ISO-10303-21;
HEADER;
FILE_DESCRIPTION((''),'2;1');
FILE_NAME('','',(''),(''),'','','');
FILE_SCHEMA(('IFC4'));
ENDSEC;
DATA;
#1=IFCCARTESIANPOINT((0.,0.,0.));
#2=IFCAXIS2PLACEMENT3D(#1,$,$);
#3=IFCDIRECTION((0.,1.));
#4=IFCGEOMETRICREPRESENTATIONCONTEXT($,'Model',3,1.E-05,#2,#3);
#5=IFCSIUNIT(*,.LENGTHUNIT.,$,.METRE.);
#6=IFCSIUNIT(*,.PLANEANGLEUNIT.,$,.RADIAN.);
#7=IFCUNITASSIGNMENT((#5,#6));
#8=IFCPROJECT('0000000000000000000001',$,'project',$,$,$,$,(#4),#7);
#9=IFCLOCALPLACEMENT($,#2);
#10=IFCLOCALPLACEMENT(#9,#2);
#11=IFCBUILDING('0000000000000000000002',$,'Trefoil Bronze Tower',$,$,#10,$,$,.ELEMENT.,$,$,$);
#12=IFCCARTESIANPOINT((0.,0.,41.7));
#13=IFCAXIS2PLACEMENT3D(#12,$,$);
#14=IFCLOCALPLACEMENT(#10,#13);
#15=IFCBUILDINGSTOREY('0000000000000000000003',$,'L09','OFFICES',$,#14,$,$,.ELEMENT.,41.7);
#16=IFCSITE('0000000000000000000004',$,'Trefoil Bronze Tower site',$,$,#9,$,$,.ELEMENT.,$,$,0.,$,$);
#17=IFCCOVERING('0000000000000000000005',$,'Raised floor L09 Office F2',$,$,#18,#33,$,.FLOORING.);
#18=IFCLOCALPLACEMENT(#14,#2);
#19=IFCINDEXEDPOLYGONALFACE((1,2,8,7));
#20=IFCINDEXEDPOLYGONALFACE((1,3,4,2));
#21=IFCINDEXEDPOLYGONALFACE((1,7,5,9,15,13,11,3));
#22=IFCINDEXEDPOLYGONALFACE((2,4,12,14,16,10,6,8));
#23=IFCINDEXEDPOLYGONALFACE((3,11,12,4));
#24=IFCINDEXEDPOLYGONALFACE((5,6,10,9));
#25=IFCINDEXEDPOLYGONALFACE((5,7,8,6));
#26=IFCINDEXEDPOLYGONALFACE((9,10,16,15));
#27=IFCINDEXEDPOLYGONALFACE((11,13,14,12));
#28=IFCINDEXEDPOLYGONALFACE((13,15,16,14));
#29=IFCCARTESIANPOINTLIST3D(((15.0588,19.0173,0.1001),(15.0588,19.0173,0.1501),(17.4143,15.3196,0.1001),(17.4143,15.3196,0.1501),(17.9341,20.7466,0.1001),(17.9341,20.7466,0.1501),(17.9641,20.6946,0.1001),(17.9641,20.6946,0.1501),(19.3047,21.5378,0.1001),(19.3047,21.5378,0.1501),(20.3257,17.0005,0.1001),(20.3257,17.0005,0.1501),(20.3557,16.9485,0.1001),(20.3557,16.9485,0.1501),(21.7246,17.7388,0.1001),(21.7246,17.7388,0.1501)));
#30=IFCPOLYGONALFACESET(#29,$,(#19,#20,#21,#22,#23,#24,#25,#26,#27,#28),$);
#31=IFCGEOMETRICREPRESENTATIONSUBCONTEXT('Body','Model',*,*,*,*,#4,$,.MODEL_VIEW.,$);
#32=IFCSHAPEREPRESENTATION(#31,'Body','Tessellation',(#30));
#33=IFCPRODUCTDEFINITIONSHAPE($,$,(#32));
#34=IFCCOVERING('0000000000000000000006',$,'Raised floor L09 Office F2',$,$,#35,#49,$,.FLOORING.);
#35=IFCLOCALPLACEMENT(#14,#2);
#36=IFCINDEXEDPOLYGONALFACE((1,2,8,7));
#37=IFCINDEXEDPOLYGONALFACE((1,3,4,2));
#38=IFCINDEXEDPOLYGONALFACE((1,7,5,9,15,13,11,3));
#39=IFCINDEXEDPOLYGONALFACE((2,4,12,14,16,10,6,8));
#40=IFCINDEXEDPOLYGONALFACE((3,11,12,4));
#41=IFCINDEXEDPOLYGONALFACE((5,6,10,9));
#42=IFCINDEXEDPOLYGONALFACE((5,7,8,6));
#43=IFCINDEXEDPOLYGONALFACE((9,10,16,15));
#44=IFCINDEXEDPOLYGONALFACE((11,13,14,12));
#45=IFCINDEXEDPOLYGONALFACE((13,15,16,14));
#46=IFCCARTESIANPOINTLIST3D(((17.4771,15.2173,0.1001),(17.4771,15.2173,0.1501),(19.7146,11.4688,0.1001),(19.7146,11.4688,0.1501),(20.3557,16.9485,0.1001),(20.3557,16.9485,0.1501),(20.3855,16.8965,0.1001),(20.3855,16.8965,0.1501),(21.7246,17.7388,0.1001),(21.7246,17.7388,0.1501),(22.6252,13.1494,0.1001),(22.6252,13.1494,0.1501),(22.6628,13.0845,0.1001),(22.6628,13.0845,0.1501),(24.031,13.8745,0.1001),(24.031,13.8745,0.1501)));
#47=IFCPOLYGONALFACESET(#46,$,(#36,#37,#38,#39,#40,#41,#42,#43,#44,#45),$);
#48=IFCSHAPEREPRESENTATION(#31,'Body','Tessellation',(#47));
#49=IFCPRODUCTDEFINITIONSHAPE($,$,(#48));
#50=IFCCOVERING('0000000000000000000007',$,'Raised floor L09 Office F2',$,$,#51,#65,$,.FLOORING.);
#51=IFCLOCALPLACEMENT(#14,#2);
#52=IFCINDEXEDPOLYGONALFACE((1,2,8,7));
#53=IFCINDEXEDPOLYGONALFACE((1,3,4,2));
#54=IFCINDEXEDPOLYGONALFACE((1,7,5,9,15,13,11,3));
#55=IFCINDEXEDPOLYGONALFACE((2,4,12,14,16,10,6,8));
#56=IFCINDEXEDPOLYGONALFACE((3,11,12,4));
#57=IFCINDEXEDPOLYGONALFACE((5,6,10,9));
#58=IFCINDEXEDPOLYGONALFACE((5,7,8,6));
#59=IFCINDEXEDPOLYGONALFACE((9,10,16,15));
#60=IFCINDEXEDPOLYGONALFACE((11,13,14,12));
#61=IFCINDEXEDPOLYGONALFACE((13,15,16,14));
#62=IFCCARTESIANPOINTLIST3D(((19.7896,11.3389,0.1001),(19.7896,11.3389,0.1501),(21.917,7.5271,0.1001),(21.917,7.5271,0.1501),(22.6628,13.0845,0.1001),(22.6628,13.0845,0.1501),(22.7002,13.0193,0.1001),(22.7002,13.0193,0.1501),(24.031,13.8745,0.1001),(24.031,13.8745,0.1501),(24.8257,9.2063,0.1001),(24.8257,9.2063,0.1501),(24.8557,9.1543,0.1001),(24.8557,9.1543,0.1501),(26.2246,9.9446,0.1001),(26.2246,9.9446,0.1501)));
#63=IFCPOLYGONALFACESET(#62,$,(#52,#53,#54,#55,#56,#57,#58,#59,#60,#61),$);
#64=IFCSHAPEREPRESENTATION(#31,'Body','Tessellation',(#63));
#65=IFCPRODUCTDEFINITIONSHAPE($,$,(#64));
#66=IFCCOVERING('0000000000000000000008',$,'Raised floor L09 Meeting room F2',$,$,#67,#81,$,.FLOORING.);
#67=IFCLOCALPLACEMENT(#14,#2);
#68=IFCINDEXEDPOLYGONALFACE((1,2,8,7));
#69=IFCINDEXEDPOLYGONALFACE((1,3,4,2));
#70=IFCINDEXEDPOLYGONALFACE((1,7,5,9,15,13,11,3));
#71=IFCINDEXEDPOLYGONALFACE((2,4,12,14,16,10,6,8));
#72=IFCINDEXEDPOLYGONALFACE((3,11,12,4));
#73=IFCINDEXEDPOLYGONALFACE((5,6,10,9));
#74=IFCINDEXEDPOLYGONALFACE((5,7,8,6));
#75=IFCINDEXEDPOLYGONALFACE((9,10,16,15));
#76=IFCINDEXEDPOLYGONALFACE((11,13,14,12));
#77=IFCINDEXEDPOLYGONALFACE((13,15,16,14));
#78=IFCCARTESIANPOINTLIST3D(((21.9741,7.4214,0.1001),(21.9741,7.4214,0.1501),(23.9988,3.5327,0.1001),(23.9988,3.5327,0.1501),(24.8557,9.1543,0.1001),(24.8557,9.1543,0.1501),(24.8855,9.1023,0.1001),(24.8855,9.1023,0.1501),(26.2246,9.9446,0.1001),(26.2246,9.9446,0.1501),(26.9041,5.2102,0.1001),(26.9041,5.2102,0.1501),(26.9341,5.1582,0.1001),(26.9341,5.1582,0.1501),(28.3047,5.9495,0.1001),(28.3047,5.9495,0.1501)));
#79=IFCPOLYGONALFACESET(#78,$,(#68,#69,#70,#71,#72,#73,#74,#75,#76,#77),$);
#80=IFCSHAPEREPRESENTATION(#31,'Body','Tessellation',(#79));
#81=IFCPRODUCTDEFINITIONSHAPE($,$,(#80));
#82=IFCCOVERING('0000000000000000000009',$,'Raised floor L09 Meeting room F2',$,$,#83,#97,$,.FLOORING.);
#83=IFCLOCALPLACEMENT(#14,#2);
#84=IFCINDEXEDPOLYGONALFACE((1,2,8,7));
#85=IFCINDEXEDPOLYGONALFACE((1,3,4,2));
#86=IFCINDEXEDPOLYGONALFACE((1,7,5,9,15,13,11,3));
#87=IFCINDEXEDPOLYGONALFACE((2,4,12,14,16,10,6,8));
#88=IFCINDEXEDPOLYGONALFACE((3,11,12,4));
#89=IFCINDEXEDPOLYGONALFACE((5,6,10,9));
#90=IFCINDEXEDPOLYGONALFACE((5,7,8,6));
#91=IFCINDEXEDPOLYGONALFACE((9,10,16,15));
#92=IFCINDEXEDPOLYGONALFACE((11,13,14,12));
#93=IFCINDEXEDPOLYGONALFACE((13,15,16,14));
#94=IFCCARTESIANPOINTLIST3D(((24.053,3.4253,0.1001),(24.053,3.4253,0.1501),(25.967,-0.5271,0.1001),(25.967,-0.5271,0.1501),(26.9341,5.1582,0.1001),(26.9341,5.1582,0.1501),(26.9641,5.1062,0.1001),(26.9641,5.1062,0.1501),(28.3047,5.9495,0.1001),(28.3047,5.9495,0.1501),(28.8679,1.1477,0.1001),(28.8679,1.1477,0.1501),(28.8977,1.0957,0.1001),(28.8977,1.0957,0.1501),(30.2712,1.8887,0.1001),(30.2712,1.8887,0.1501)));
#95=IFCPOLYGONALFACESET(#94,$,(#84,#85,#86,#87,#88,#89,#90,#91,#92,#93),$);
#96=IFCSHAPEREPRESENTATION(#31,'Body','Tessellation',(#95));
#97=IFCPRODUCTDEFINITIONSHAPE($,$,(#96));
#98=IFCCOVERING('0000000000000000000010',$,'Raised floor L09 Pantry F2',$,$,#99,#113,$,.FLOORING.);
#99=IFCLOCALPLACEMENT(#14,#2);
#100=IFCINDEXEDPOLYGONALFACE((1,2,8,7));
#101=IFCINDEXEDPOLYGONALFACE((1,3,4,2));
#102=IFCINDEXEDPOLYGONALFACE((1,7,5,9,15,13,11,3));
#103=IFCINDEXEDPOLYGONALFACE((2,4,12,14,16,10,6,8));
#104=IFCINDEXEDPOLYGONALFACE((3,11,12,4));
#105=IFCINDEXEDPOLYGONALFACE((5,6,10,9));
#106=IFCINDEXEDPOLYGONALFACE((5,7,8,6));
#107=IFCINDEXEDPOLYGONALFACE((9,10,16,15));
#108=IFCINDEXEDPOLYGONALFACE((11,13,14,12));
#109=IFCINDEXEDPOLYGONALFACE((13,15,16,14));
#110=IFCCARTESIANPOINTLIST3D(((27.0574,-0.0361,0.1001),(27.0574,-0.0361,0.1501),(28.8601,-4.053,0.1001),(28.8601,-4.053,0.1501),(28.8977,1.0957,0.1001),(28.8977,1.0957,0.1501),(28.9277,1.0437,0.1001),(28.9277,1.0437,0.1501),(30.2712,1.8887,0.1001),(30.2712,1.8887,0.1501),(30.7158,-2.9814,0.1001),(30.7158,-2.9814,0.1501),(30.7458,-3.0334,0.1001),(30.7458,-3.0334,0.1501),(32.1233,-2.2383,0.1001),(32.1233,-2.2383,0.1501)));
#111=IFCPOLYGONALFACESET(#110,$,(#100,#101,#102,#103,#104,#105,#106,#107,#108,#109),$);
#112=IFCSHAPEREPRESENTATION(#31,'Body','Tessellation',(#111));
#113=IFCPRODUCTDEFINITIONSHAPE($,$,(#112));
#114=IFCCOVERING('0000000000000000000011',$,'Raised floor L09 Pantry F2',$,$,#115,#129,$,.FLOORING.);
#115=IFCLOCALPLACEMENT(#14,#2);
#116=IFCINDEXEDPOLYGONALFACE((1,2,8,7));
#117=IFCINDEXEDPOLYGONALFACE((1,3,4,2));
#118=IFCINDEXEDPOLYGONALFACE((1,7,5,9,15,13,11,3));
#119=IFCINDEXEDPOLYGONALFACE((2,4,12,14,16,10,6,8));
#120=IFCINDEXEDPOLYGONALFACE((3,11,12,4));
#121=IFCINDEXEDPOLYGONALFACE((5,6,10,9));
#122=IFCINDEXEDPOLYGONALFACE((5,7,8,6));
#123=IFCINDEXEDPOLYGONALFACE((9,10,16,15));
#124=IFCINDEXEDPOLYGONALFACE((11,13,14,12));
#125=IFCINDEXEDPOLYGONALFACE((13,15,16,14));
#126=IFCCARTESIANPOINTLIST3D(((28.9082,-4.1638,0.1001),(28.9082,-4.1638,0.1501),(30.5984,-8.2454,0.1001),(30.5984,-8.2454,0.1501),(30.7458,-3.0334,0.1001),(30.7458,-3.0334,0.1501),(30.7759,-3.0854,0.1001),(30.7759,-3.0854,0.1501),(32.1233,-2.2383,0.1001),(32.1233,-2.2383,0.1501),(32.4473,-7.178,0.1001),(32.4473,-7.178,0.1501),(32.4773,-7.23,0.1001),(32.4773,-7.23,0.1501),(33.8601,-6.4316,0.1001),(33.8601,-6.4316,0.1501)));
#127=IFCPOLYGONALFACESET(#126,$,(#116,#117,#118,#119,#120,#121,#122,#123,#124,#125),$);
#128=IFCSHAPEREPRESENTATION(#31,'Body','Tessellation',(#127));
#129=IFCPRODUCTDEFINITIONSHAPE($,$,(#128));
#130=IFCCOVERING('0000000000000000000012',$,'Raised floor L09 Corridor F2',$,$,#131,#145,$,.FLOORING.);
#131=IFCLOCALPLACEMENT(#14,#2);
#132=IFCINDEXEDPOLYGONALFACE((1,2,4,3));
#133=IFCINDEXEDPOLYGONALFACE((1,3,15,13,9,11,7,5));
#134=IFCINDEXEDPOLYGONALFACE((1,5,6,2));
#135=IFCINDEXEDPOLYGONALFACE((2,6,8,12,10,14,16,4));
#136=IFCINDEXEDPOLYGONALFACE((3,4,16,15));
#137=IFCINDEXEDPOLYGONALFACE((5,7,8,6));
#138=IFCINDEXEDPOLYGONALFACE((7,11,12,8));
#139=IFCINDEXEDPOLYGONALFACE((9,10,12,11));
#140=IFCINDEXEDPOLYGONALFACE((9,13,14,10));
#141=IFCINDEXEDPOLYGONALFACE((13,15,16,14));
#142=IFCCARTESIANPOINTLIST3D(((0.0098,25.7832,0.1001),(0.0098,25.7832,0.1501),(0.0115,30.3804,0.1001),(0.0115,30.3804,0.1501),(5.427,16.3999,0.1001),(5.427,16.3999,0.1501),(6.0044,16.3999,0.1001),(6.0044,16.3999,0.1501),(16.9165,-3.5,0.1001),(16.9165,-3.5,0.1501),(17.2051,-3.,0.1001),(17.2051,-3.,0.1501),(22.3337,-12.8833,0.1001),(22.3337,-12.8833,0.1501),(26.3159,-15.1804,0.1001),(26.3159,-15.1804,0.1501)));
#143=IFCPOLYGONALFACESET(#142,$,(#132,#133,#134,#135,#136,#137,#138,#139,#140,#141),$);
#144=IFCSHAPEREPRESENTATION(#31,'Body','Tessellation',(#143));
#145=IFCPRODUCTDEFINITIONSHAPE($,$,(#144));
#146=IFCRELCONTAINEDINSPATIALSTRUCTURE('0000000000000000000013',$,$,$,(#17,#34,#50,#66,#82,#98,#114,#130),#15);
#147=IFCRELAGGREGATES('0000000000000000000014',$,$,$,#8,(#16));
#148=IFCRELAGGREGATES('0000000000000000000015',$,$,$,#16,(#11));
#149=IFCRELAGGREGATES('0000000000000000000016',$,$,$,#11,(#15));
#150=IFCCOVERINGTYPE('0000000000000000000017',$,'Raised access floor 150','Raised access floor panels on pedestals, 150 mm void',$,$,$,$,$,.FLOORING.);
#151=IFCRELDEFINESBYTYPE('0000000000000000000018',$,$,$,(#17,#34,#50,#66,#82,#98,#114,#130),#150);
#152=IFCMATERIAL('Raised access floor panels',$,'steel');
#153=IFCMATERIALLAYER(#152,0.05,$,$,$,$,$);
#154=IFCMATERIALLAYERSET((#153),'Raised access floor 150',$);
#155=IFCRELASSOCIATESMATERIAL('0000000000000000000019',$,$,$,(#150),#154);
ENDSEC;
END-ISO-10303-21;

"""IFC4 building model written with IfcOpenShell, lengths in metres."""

from ifc_helpers import new_model, si_unit, direction, frame, origin, place, context, subcontext, project, spatial, polyline, outline, extrude, material, layer, layer_set, type_object, element, save


model = new_model("IFC4")

# Units and contexts
model_context = context("Model", 3, precision=1e-05, world=origin(), true_north=direction((0.0, 1.0)))
body_context = subcontext(model_context, "Body", "Model", "MODEL_VIEW")
ifc_project = project(units=[si_unit("LENGTHUNIT", "METRE"), si_unit("PLANEANGLEUNIT", "RADIAN")], contexts=[model_context])

# Site, building, storey
site_placement = place(None, origin())
site = spatial("IfcSite", under=ifc_project, at=site_placement, Name="Trefoil Bronze Tower site", CompositionType="ELEMENT", RefElevation=0.0)
building_placement = place(site_placement, origin())
building = spatial("IfcBuilding", under=site, at=building_placement, Name="Trefoil Bronze Tower", CompositionType="ELEMENT")
storey_placement = place(building_placement, frame((0.0, 0.0, 41.7)))
storey = spatial("IfcBuildingStorey", under=building, at=storey_placement, Name="L09", Description="OFFICES", CompositionType="ELEMENT", Elevation=41.7)

# Coverings
ifc_material_1 = material(Name="Raised access floor panels", Category="steel")
ifc_layer_1 = layer(ifc_material_1, 0.05)
ifc_layer_set_1 = layer_set([ifc_layer_1], Name="Raised access floor 150")
covering_type_1 = type_object("IfcCoveringType", Name="Raised access floor 150", Description="Raised access floor panels on pedestals, 150 mm void", PredefinedType="FLOORING", material=ifc_layer_set_1)
covering_1_placement = place(storey_placement, frame((0.0, 0.0, 0.1001)))
element("IfcCovering", 1, at=covering_1_placement, inside=storey, type_object=covering_type_1, Name="Raised floor L09 Office F2", PredefinedType="FLOORING", context=body_context, shape_type="SweptSolid", body=[
    extrude(outline(polyline([(21.7246, 17.7388), (20.3557, 16.9485), (20.3257, 17.0005), (17.4143, 15.3196), (15.0588, 19.0173), (17.9641, 20.6946), (17.9341, 20.7466), (19.3047, 21.5378), (21.7246, 17.7388)])), origin(), (0.0, 0.0, 1.0), 0.05),
])
covering_2_placement = place(storey_placement, frame((0.0, 0.0, 0.1001)))
element("IfcCovering", 2, at=covering_2_placement, inside=storey, type_object=covering_type_1, Name="Raised floor L09 Office F2", PredefinedType="FLOORING", context=body_context, shape_type="SweptSolid", body=[
    extrude(outline(polyline([(21.7246, 17.7388), (24.031, 13.8745), (22.6628, 13.0845), (22.6252, 13.1494), (19.7146, 11.4688), (17.4771, 15.2173), (20.3855, 16.8965), (20.3557, 16.9485), (21.7246, 17.7388)])), origin(), (0.0, 0.0, 1.0), 0.05),
])
covering_3_placement = place(storey_placement, frame((0.0, 0.0, 0.1001)))
element("IfcCovering", 3, at=covering_3_placement, inside=storey, type_object=covering_type_1, Name="Raised floor L09 Office F2", PredefinedType="FLOORING", context=body_context, shape_type="SweptSolid", body=[
    extrude(outline(polyline([(24.031, 13.8745), (26.2246, 9.9446), (24.8557, 9.1543), (24.8257, 9.2063), (21.917, 7.5271), (19.7896, 11.3389), (22.7002, 13.0193), (22.6628, 13.0845), (24.031, 13.8745)])), origin(), (0.0, 0.0, 1.0), 0.05),
])
covering_4_placement = place(storey_placement, frame((0.0, 0.0, 0.1001)))
element("IfcCovering", 4, at=covering_4_placement, inside=storey, type_object=covering_type_1, Name="Raised floor L09 Meeting room F2", PredefinedType="FLOORING", context=body_context, shape_type="SweptSolid", body=[
    extrude(outline(polyline([(26.2246, 9.9446), (28.3047, 5.9495), (26.9341, 5.1582), (26.9041, 5.2102), (23.9988, 3.5327), (21.9741, 7.4214), (24.8855, 9.1023), (24.8557, 9.1543), (26.2246, 9.9446)])), origin(), (0.0, 0.0, 1.0), 0.05),
])
covering_5_placement = place(storey_placement, frame((0.0, 0.0, 0.1001)))
element("IfcCovering", 5, at=covering_5_placement, inside=storey, type_object=covering_type_1, Name="Raised floor L09 Meeting room F2", PredefinedType="FLOORING", context=body_context, shape_type="SweptSolid", body=[
    extrude(outline(polyline([(28.3047, 5.9495), (30.2712, 1.8887), (28.8977, 1.0957), (28.8679, 1.1477), (25.967, -0.5271), (24.053, 3.4253), (26.9641, 5.1062), (26.9341, 5.1582), (28.3047, 5.9495)])), origin(), (0.0, 0.0, 1.0), 0.05),
])
covering_6_placement = place(storey_placement, frame((0.0, 0.0, 0.1001)))
element("IfcCovering", 6, at=covering_6_placement, inside=storey, type_object=covering_type_1, Name="Raised floor L09 Pantry F2", PredefinedType="FLOORING", context=body_context, shape_type="SweptSolid", body=[
    extrude(outline(polyline([(32.1233, -2.2383), (30.7458, -3.0334), (30.7158, -2.9814), (28.8601, -4.053), (27.0574, -0.0361), (28.9277, 1.0437), (28.8977, 1.0957), (30.2712, 1.8887), (32.1233, -2.2383)])), origin(), (0.0, 0.0, 1.0), 0.05),
])
covering_7_placement = place(storey_placement, frame((0.0, 0.0, 0.1001)))
element("IfcCovering", 7, at=covering_7_placement, inside=storey, type_object=covering_type_1, Name="Raised floor L09 Pantry F2", PredefinedType="FLOORING", context=body_context, shape_type="SweptSolid", body=[
    extrude(outline(polyline([(32.1233, -2.2383), (33.8601, -6.4316), (32.4773, -7.23), (32.4473, -7.178), (30.5984, -8.2454), (28.9082, -4.1638), (30.7759, -3.0854), (30.7458, -3.0334), (32.1233, -2.2383)])), origin(), (0.0, 0.0, 1.0), 0.05),
])
covering_8_placement = place(storey_placement, frame((0.0, 0.0, 0.1001)))
element("IfcCovering", 8, at=covering_8_placement, inside=storey, type_object=covering_type_1, Name="Raised floor L09 Corridor F2", PredefinedType="FLOORING", context=body_context, shape_type="SweptSolid", body=[
    extrude(outline(polyline([(26.3159, -15.1804), (22.3337, -12.8833), (16.9165, -3.5), (17.2051, -3.0), (6.0044, 16.3999), (5.427, 16.3999), (0.0098, 25.7832), (0.0115, 30.3804), (26.3159, -15.1804)])), origin(), (0.0, 0.0, 1.0), 0.05),
])

save(model, "model.ifc")
